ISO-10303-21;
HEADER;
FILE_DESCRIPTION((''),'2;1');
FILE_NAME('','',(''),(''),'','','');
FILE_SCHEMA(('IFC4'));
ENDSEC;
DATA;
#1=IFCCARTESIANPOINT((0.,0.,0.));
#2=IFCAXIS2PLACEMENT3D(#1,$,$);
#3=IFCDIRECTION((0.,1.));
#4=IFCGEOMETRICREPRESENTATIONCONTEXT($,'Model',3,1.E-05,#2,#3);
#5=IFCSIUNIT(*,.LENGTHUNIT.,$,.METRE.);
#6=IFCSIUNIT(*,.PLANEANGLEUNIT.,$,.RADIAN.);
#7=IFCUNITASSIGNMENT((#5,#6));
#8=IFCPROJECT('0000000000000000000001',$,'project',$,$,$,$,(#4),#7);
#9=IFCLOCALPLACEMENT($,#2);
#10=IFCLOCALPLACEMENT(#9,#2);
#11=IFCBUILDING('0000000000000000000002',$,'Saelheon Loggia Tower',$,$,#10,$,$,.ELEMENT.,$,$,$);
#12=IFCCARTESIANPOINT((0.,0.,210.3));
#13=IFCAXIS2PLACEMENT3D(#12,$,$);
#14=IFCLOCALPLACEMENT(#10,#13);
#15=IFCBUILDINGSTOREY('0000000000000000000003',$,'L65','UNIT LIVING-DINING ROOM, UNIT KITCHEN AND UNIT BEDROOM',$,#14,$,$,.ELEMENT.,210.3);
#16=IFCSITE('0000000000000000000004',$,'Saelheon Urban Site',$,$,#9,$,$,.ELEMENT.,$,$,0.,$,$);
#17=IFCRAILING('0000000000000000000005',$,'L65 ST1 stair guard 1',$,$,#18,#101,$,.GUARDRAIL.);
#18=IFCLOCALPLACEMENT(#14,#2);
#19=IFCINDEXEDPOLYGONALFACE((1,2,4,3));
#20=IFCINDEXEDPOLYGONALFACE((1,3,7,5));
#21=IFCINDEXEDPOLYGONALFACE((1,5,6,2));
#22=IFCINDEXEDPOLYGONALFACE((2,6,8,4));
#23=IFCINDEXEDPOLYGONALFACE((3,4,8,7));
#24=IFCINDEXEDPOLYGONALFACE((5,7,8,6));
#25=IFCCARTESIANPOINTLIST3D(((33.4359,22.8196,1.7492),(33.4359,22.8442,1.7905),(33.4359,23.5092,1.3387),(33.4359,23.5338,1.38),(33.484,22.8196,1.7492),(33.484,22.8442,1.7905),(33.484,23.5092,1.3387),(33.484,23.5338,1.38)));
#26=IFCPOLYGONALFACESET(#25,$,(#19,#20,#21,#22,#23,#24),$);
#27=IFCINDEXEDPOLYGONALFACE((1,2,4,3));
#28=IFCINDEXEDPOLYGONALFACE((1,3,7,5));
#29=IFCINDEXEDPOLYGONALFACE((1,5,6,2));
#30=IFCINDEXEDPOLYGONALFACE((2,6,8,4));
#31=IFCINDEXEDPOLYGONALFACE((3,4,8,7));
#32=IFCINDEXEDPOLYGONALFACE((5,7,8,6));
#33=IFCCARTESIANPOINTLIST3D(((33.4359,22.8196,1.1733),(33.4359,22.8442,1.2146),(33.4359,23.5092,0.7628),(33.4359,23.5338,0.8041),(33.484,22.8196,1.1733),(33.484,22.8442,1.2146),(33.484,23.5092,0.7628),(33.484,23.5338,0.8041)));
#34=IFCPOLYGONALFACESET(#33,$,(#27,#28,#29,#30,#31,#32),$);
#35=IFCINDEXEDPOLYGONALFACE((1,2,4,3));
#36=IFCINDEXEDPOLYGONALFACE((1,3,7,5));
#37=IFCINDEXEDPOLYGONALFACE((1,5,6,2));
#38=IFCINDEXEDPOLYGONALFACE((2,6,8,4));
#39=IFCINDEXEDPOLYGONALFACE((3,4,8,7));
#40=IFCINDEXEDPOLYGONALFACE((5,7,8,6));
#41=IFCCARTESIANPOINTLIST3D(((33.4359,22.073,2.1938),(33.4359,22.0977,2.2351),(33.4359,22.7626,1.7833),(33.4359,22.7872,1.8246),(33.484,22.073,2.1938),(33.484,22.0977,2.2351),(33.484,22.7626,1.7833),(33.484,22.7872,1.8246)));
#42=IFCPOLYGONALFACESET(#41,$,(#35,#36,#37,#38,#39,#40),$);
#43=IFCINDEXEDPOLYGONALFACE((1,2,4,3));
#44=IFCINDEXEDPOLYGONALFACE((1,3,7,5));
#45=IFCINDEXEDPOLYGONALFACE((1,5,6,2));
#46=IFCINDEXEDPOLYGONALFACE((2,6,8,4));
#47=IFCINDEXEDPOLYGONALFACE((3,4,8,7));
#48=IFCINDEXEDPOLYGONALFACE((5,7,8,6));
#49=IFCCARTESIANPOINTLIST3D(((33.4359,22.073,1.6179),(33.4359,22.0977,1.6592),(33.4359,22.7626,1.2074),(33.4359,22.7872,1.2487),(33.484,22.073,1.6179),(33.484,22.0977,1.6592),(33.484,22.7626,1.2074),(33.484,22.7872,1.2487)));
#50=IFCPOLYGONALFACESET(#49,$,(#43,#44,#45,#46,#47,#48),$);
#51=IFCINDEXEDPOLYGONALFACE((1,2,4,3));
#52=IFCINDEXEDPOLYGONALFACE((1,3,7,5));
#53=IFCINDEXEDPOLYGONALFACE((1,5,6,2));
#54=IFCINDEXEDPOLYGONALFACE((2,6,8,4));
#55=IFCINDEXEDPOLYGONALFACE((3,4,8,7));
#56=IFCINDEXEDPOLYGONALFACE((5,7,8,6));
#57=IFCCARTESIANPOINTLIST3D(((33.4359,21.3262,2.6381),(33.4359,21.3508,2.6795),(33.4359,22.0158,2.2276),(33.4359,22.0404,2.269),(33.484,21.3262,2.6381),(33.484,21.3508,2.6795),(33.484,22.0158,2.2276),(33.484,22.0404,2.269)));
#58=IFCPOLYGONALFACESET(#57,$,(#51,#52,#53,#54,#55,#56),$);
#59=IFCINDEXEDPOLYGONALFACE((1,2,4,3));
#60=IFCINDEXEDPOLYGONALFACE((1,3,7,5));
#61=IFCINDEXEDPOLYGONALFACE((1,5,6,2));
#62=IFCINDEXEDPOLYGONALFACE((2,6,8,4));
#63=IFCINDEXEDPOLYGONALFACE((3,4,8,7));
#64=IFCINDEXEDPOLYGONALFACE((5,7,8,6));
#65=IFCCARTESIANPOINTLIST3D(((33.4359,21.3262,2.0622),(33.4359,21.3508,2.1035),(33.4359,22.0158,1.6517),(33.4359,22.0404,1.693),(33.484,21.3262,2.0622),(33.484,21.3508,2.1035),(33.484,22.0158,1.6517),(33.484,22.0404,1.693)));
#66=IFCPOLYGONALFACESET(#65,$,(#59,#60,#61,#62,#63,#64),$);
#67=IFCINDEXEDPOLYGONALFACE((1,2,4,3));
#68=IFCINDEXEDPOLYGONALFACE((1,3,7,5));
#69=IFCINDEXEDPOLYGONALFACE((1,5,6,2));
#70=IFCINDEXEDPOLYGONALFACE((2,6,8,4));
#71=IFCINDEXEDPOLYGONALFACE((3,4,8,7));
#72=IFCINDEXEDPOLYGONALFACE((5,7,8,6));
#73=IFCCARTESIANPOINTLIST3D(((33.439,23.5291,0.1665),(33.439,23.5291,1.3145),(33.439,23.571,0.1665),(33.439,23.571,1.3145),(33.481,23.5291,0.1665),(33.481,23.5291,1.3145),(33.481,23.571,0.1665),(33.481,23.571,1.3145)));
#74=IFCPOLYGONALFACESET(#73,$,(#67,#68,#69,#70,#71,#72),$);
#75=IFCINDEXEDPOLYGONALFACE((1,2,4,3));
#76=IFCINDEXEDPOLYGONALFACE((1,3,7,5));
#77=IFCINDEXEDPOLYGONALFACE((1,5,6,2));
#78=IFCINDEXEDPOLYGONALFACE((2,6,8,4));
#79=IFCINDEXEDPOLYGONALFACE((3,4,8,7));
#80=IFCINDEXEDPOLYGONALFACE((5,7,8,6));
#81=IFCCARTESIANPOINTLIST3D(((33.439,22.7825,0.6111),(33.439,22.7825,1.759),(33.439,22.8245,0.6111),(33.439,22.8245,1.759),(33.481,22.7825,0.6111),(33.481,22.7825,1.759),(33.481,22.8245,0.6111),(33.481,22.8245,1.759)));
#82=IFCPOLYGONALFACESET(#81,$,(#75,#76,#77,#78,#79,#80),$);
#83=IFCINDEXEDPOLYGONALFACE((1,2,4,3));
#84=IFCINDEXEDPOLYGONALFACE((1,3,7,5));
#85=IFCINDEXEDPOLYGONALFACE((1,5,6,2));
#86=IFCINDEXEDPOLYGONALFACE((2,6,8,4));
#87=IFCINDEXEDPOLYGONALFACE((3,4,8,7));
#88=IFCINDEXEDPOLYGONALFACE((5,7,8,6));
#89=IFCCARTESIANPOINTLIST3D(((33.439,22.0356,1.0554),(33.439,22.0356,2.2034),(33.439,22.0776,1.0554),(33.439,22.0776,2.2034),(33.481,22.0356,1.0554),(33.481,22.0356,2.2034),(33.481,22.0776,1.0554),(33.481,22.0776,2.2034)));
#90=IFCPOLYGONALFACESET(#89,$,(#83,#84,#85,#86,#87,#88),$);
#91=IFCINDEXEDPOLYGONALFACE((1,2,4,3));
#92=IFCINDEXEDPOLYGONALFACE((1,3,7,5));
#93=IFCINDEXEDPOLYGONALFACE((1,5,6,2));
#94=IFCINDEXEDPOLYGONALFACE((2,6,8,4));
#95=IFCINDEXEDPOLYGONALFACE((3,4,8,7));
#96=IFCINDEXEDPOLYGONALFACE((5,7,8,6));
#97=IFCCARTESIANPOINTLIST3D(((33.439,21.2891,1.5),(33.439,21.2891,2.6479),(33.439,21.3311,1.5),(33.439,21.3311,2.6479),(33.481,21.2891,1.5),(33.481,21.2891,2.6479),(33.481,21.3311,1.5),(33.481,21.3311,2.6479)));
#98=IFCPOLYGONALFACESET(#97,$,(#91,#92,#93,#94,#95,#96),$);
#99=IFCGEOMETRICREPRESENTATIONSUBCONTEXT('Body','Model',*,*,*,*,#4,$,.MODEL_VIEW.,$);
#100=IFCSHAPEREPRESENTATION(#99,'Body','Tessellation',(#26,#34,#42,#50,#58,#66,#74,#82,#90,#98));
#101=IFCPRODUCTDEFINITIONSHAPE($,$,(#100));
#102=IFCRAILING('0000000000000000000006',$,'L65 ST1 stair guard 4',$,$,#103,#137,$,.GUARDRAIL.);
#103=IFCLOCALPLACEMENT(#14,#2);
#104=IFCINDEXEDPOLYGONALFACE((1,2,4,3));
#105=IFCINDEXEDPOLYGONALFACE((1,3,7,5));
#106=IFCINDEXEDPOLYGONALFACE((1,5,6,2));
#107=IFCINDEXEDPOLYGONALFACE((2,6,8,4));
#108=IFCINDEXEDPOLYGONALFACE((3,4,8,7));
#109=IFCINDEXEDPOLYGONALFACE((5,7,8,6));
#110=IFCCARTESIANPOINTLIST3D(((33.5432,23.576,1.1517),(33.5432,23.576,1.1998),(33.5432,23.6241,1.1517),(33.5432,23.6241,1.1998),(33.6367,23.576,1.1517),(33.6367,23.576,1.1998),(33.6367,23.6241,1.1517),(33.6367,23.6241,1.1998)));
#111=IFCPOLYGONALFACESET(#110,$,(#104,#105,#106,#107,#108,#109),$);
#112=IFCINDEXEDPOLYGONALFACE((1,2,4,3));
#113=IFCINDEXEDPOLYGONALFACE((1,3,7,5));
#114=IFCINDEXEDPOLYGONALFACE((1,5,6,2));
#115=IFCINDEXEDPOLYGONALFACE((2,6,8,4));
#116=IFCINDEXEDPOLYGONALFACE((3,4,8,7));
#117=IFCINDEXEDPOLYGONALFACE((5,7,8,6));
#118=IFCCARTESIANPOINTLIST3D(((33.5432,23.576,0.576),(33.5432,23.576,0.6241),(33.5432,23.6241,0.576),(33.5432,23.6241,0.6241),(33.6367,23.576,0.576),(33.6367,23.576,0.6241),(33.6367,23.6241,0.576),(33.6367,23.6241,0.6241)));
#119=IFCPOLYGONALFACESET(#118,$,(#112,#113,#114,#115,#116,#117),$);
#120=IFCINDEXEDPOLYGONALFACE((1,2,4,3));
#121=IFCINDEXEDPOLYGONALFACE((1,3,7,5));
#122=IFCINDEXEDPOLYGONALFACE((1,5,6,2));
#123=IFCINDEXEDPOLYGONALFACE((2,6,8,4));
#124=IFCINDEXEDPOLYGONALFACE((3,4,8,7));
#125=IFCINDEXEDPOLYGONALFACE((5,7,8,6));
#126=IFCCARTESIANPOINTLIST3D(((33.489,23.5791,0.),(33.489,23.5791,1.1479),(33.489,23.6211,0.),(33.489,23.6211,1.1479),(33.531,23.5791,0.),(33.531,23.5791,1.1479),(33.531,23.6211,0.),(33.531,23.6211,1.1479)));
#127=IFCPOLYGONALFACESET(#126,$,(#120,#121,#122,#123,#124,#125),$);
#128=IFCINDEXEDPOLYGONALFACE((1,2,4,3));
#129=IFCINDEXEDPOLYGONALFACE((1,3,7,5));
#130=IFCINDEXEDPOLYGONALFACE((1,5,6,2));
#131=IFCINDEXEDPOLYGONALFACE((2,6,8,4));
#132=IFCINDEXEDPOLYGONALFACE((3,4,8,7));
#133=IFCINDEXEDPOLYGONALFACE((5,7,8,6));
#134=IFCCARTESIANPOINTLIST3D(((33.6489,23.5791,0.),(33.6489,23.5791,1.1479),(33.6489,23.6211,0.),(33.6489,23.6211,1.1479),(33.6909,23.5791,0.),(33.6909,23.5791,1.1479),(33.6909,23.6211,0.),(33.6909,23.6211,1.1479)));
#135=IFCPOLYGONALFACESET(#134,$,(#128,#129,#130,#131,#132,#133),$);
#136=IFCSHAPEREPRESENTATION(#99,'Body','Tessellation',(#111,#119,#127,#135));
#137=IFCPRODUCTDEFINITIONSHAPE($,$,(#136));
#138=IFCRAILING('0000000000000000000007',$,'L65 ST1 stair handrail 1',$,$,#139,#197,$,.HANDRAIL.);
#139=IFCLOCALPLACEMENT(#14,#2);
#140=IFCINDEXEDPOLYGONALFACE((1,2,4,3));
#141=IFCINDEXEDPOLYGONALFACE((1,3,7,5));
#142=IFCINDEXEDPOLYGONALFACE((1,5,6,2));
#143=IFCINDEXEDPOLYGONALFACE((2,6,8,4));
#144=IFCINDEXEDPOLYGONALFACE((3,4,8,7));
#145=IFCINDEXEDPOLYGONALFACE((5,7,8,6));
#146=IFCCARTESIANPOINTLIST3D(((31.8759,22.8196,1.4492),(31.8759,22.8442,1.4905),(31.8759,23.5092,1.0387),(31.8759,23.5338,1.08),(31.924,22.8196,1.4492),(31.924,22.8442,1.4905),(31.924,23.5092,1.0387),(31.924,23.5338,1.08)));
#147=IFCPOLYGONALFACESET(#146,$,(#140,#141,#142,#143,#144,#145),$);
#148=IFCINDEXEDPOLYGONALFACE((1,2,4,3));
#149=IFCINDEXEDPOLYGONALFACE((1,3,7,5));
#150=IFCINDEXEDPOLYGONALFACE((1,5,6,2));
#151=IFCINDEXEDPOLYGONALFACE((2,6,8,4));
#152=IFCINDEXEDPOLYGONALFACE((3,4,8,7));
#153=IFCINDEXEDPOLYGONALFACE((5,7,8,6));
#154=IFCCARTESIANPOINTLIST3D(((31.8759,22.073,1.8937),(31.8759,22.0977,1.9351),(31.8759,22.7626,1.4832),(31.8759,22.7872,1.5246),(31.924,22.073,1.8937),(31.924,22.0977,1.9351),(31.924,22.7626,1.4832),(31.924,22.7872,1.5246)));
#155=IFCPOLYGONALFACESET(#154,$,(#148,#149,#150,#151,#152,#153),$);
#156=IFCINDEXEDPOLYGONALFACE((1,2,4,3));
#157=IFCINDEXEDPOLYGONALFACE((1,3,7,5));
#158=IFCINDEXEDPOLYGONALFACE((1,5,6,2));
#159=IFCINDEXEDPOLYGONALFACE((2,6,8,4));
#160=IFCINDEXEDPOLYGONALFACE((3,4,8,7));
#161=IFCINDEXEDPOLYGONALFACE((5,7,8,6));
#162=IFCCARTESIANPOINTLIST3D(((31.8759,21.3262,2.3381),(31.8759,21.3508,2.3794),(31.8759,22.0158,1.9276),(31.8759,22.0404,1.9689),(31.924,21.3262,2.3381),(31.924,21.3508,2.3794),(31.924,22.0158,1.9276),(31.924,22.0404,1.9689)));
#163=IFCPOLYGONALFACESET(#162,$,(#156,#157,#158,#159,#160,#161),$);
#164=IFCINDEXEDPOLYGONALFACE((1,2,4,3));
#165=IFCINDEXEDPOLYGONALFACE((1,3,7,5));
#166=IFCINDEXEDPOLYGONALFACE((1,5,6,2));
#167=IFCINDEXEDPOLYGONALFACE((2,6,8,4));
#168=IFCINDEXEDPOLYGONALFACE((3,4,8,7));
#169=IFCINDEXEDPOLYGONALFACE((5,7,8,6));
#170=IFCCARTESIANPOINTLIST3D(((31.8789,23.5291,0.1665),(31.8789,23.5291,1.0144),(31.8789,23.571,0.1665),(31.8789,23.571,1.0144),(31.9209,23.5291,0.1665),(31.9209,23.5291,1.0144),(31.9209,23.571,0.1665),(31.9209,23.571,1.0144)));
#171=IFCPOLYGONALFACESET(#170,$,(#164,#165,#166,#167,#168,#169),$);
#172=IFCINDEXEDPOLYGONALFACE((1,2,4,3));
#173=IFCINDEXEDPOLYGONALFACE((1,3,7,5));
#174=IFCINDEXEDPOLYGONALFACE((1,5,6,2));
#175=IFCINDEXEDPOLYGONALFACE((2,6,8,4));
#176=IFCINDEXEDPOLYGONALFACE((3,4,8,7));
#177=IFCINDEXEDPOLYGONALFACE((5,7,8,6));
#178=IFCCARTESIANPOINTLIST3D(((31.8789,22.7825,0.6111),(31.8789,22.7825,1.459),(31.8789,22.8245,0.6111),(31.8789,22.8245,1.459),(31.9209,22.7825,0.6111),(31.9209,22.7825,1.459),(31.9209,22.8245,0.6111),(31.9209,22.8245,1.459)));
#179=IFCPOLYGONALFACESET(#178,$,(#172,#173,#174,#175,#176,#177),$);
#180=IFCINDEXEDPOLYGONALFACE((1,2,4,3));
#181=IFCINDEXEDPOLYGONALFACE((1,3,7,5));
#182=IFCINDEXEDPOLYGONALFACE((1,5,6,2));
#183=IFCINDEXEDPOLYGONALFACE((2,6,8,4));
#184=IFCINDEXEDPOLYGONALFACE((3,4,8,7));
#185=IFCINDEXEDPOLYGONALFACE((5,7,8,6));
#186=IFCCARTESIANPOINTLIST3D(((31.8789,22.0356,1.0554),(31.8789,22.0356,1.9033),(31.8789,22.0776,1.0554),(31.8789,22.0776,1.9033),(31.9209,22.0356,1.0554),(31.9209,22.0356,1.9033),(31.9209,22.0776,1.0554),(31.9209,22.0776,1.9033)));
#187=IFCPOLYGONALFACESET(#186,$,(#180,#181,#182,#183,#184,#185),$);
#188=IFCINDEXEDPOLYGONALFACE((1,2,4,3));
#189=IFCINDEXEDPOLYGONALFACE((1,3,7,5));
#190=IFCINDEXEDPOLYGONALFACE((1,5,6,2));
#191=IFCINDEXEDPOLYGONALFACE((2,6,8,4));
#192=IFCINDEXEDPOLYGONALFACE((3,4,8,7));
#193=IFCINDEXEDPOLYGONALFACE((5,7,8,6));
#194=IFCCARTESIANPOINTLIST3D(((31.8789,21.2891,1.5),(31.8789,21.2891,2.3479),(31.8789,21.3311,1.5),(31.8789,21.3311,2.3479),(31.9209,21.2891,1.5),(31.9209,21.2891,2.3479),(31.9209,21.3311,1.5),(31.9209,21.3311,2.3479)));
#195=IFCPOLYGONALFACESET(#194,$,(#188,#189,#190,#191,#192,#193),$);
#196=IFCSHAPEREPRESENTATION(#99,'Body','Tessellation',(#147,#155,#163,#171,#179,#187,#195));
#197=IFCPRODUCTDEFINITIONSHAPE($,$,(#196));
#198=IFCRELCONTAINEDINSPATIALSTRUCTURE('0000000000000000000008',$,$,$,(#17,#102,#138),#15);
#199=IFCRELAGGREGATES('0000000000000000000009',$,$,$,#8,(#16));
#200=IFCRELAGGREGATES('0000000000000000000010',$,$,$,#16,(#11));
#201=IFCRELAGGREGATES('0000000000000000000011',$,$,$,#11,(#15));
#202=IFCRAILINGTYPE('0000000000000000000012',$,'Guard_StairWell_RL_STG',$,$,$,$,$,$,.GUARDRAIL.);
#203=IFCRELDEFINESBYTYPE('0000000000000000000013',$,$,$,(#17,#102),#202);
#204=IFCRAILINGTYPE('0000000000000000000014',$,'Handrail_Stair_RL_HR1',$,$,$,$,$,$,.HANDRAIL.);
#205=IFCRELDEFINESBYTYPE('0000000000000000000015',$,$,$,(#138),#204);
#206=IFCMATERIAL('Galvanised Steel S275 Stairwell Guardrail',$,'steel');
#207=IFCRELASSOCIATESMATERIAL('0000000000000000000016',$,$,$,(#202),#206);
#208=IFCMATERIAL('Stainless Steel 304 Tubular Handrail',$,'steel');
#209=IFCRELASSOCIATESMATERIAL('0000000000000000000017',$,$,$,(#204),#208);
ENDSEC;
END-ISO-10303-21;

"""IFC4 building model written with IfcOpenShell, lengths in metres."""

from ifc_helpers import new_model, si_unit, direction, frame, origin, origin_2d, place, context, subcontext, project, spatial, rectangle, extrude, material, type_object, element, save


model = new_model("IFC4")

# Units and contexts
model_context = context("Model", 3, precision=1e-05, world=origin(), true_north=direction((0.0, 1.0)))
body_context = subcontext(model_context, "Body", "Model", "MODEL_VIEW")
ifc_project = project(units=[si_unit("LENGTHUNIT", "METRE"), si_unit("PLANEANGLEUNIT", "RADIAN")], contexts=[model_context])

# Site, building, storey
site_placement = place(None, origin())
site = spatial("IfcSite", under=ifc_project, at=site_placement, Name="Saelheon Urban Site", CompositionType="ELEMENT", RefElevation=0.0)
building_placement = place(site_placement, origin())
building = spatial("IfcBuilding", under=site, at=building_placement, Name="Saelheon Loggia Tower", CompositionType="ELEMENT")
storey_placement = place(building_placement, frame((0.0, 0.0, 210.3)))
storey = spatial("IfcBuildingStorey", under=building, at=storey_placement, Name="L65", Description="UNIT LIVING-DINING ROOM, UNIT KITCHEN AND UNIT BEDROOM", CompositionType="ELEMENT", Elevation=210.3)

# Railings
ifc_material_1 = material(Name="Galvanised Steel S275 Stairwell Guardrail", Category="steel")
railing_type_1 = type_object("IfcRailingType", Name="Guard_StairWell_RL_STG", PredefinedType="GUARDRAIL", material=ifc_material_1)
railing_1_placement = place(storey_placement, frame((33.46, 23.55, 0.1665)))
element("IfcRailing", 1, at=railing_1_placement, inside=storey, type_object=railing_type_1, Name="L65 ST1 stair guard 1", PredefinedType="GUARDRAIL", context=body_context, shape_type="SweptSolid", body=[
    extrude(rectangle(XDim=0.0481, YDim=0.0481, at=origin_2d()), frame((0.0, -0.0286, 1.1929), z_axis=(0.0, -0.859264, 0.511532), x_axis=(1.0, 0.0, 0.0)), (0.0, 0.0, 1.0), 0.8025),
    extrude(rectangle(XDim=0.0481, YDim=0.0481, at=origin_2d()), frame((0.0, -0.0286, 0.6169), z_axis=(0.0, -0.859264, 0.511532), x_axis=(1.0, 0.0, 0.0)), (0.0, 0.0, 1.0), 0.8025),
    extrude(rectangle(XDim=0.0481, YDim=0.0481, at=origin_2d()), frame((0.0, -0.7751, 1.6375), z_axis=(0.0, -0.859264, 0.511532), x_axis=(1.0, 0.0, 0.0)), (0.0, 0.0, 1.0), 0.8025),
    extrude(rectangle(XDim=0.0481, YDim=0.0481, at=origin_2d()), frame((0.0, -0.7751, 1.0615), z_axis=(0.0, -0.859264, 0.511532), x_axis=(1.0, 0.0, 0.0)), (0.0, 0.0, 1.0), 0.8025),
    extrude(rectangle(XDim=0.0481, YDim=0.0481, at=origin_2d()), frame((0.0, -1.522, 2.0818), z_axis=(0.0, -0.859264, 0.511532), x_axis=(1.0, 0.0, 0.0)), (0.0, 0.0, 1.0), 0.8025),
    extrude(rectangle(XDim=0.0481, YDim=0.0481, at=origin_2d()), frame((0.0, -1.522, 1.5059), z_axis=(0.0, -0.859264, 0.511532), x_axis=(1.0, 0.0, 0.0)), (0.0, 0.0, 1.0), 0.8025),
    extrude(rectangle(XDim=0.042, YDim=0.042, at=origin_2d()), origin(), (0.0, 0.0, 1.0), 1.1479),
    extrude(rectangle(XDim=0.042, YDim=0.042, at=origin_2d()), frame((0.0, -0.7466, 0.4446)), (0.0, 0.0, 1.0), 1.1479),
    extrude(rectangle(XDim=0.042, YDim=0.042, at=origin_2d()), frame((0.0, -1.4934, 0.8889)), (0.0, 0.0, 1.0), 1.1479),
    extrude(rectangle(XDim=0.042, YDim=0.042, at=origin_2d()), frame((0.0, -2.24, 1.3335)), (0.0, 0.0, 1.0), 1.1479),
])
railing_2_placement = place(storey_placement, frame((33.51, 23.6001, 0.0)))
element("IfcRailing", 2, at=railing_2_placement, inside=storey, type_object=railing_type_1, Name="L65 ST1 stair guard 4", PredefinedType="GUARDRAIL", context=body_context, shape_type="SweptSolid", body=[
    extrude(rectangle(XDim=0.0481, YDim=0.0481, at=origin_2d()), frame((0.0332, 0.0, 1.1758), z_axis=(1.0, 0.0, 0.0), x_axis=(0.0, 1.0, 0.0)), (0.0, 0.0, 1.0), 0.0935),
    extrude(rectangle(XDim=0.0481, YDim=0.0481, at=origin_2d()), frame((0.0332, 0.0, 0.6001), z_axis=(1.0, 0.0, 0.0), x_axis=(0.0, 1.0, 0.0)), (0.0, 0.0, 1.0), 0.0935),
    extrude(rectangle(XDim=0.042, YDim=0.042, at=origin_2d()), origin(), (0.0, 0.0, 1.0), 1.1479),
    extrude(rectangle(XDim=0.042, YDim=0.042, at=origin_2d()), frame((0.1599, 0.0, 0.0)), (0.0, 0.0, 1.0), 1.1479),
])
ifc_material_2 = material(Name="Stainless Steel 304 Tubular Handrail", Category="steel")
railing_type_2 = type_object("IfcRailingType", Name="Handrail_Stair_RL_HR1", PredefinedType="HANDRAIL", material=ifc_material_2)
railing_3_placement = place(storey_placement, frame((31.8999, 23.55, 0.1665)))
element("IfcRailing", 3, at=railing_3_placement, inside=storey, type_object=railing_type_2, Name="L65 ST1 stair handrail 1", PredefinedType="HANDRAIL", context=body_context, shape_type="SweptSolid", body=[
    extrude(rectangle(XDim=0.0481, YDim=0.0481, at=origin_2d()), frame((0.0, -0.0286, 0.8928), z_axis=(0.0, -0.859264, 0.511532), x_axis=(1.0, 0.0, 0.0)), (0.0, 0.0, 1.0), 0.8025),
    extrude(rectangle(XDim=0.0481, YDim=0.0481, at=origin_2d()), frame((0.0, -0.7751, 1.3374), z_axis=(0.0, -0.859264, 0.511532), x_axis=(1.0, 0.0, 0.0)), (0.0, 0.0, 1.0), 0.8025),
    extrude(rectangle(XDim=0.0481, YDim=0.0481, at=origin_2d()), frame((0.0, -1.522, 1.7817), z_axis=(0.0, -0.859264, 0.511532), x_axis=(1.0, 0.0, 0.0)), (0.0, 0.0, 1.0), 0.8025),
    extrude(rectangle(XDim=0.042, YDim=0.042, at=origin_2d()), origin(), (0.0, 0.0, 1.0), 0.8479),
    extrude(rectangle(XDim=0.042, YDim=0.042, at=origin_2d()), frame((0.0, -0.7466, 0.4446)), (0.0, 0.0, 1.0), 0.8479),
    extrude(rectangle(XDim=0.042, YDim=0.042, at=origin_2d()), frame((0.0, -1.4934, 0.8889)), (0.0, 0.0, 1.0), 0.8479),
    extrude(rectangle(XDim=0.042, YDim=0.042, at=origin_2d()), frame((0.0, -2.24, 1.3335)), (0.0, 0.0, 1.0), 0.8479),
])

save(model, "model.ifc")
